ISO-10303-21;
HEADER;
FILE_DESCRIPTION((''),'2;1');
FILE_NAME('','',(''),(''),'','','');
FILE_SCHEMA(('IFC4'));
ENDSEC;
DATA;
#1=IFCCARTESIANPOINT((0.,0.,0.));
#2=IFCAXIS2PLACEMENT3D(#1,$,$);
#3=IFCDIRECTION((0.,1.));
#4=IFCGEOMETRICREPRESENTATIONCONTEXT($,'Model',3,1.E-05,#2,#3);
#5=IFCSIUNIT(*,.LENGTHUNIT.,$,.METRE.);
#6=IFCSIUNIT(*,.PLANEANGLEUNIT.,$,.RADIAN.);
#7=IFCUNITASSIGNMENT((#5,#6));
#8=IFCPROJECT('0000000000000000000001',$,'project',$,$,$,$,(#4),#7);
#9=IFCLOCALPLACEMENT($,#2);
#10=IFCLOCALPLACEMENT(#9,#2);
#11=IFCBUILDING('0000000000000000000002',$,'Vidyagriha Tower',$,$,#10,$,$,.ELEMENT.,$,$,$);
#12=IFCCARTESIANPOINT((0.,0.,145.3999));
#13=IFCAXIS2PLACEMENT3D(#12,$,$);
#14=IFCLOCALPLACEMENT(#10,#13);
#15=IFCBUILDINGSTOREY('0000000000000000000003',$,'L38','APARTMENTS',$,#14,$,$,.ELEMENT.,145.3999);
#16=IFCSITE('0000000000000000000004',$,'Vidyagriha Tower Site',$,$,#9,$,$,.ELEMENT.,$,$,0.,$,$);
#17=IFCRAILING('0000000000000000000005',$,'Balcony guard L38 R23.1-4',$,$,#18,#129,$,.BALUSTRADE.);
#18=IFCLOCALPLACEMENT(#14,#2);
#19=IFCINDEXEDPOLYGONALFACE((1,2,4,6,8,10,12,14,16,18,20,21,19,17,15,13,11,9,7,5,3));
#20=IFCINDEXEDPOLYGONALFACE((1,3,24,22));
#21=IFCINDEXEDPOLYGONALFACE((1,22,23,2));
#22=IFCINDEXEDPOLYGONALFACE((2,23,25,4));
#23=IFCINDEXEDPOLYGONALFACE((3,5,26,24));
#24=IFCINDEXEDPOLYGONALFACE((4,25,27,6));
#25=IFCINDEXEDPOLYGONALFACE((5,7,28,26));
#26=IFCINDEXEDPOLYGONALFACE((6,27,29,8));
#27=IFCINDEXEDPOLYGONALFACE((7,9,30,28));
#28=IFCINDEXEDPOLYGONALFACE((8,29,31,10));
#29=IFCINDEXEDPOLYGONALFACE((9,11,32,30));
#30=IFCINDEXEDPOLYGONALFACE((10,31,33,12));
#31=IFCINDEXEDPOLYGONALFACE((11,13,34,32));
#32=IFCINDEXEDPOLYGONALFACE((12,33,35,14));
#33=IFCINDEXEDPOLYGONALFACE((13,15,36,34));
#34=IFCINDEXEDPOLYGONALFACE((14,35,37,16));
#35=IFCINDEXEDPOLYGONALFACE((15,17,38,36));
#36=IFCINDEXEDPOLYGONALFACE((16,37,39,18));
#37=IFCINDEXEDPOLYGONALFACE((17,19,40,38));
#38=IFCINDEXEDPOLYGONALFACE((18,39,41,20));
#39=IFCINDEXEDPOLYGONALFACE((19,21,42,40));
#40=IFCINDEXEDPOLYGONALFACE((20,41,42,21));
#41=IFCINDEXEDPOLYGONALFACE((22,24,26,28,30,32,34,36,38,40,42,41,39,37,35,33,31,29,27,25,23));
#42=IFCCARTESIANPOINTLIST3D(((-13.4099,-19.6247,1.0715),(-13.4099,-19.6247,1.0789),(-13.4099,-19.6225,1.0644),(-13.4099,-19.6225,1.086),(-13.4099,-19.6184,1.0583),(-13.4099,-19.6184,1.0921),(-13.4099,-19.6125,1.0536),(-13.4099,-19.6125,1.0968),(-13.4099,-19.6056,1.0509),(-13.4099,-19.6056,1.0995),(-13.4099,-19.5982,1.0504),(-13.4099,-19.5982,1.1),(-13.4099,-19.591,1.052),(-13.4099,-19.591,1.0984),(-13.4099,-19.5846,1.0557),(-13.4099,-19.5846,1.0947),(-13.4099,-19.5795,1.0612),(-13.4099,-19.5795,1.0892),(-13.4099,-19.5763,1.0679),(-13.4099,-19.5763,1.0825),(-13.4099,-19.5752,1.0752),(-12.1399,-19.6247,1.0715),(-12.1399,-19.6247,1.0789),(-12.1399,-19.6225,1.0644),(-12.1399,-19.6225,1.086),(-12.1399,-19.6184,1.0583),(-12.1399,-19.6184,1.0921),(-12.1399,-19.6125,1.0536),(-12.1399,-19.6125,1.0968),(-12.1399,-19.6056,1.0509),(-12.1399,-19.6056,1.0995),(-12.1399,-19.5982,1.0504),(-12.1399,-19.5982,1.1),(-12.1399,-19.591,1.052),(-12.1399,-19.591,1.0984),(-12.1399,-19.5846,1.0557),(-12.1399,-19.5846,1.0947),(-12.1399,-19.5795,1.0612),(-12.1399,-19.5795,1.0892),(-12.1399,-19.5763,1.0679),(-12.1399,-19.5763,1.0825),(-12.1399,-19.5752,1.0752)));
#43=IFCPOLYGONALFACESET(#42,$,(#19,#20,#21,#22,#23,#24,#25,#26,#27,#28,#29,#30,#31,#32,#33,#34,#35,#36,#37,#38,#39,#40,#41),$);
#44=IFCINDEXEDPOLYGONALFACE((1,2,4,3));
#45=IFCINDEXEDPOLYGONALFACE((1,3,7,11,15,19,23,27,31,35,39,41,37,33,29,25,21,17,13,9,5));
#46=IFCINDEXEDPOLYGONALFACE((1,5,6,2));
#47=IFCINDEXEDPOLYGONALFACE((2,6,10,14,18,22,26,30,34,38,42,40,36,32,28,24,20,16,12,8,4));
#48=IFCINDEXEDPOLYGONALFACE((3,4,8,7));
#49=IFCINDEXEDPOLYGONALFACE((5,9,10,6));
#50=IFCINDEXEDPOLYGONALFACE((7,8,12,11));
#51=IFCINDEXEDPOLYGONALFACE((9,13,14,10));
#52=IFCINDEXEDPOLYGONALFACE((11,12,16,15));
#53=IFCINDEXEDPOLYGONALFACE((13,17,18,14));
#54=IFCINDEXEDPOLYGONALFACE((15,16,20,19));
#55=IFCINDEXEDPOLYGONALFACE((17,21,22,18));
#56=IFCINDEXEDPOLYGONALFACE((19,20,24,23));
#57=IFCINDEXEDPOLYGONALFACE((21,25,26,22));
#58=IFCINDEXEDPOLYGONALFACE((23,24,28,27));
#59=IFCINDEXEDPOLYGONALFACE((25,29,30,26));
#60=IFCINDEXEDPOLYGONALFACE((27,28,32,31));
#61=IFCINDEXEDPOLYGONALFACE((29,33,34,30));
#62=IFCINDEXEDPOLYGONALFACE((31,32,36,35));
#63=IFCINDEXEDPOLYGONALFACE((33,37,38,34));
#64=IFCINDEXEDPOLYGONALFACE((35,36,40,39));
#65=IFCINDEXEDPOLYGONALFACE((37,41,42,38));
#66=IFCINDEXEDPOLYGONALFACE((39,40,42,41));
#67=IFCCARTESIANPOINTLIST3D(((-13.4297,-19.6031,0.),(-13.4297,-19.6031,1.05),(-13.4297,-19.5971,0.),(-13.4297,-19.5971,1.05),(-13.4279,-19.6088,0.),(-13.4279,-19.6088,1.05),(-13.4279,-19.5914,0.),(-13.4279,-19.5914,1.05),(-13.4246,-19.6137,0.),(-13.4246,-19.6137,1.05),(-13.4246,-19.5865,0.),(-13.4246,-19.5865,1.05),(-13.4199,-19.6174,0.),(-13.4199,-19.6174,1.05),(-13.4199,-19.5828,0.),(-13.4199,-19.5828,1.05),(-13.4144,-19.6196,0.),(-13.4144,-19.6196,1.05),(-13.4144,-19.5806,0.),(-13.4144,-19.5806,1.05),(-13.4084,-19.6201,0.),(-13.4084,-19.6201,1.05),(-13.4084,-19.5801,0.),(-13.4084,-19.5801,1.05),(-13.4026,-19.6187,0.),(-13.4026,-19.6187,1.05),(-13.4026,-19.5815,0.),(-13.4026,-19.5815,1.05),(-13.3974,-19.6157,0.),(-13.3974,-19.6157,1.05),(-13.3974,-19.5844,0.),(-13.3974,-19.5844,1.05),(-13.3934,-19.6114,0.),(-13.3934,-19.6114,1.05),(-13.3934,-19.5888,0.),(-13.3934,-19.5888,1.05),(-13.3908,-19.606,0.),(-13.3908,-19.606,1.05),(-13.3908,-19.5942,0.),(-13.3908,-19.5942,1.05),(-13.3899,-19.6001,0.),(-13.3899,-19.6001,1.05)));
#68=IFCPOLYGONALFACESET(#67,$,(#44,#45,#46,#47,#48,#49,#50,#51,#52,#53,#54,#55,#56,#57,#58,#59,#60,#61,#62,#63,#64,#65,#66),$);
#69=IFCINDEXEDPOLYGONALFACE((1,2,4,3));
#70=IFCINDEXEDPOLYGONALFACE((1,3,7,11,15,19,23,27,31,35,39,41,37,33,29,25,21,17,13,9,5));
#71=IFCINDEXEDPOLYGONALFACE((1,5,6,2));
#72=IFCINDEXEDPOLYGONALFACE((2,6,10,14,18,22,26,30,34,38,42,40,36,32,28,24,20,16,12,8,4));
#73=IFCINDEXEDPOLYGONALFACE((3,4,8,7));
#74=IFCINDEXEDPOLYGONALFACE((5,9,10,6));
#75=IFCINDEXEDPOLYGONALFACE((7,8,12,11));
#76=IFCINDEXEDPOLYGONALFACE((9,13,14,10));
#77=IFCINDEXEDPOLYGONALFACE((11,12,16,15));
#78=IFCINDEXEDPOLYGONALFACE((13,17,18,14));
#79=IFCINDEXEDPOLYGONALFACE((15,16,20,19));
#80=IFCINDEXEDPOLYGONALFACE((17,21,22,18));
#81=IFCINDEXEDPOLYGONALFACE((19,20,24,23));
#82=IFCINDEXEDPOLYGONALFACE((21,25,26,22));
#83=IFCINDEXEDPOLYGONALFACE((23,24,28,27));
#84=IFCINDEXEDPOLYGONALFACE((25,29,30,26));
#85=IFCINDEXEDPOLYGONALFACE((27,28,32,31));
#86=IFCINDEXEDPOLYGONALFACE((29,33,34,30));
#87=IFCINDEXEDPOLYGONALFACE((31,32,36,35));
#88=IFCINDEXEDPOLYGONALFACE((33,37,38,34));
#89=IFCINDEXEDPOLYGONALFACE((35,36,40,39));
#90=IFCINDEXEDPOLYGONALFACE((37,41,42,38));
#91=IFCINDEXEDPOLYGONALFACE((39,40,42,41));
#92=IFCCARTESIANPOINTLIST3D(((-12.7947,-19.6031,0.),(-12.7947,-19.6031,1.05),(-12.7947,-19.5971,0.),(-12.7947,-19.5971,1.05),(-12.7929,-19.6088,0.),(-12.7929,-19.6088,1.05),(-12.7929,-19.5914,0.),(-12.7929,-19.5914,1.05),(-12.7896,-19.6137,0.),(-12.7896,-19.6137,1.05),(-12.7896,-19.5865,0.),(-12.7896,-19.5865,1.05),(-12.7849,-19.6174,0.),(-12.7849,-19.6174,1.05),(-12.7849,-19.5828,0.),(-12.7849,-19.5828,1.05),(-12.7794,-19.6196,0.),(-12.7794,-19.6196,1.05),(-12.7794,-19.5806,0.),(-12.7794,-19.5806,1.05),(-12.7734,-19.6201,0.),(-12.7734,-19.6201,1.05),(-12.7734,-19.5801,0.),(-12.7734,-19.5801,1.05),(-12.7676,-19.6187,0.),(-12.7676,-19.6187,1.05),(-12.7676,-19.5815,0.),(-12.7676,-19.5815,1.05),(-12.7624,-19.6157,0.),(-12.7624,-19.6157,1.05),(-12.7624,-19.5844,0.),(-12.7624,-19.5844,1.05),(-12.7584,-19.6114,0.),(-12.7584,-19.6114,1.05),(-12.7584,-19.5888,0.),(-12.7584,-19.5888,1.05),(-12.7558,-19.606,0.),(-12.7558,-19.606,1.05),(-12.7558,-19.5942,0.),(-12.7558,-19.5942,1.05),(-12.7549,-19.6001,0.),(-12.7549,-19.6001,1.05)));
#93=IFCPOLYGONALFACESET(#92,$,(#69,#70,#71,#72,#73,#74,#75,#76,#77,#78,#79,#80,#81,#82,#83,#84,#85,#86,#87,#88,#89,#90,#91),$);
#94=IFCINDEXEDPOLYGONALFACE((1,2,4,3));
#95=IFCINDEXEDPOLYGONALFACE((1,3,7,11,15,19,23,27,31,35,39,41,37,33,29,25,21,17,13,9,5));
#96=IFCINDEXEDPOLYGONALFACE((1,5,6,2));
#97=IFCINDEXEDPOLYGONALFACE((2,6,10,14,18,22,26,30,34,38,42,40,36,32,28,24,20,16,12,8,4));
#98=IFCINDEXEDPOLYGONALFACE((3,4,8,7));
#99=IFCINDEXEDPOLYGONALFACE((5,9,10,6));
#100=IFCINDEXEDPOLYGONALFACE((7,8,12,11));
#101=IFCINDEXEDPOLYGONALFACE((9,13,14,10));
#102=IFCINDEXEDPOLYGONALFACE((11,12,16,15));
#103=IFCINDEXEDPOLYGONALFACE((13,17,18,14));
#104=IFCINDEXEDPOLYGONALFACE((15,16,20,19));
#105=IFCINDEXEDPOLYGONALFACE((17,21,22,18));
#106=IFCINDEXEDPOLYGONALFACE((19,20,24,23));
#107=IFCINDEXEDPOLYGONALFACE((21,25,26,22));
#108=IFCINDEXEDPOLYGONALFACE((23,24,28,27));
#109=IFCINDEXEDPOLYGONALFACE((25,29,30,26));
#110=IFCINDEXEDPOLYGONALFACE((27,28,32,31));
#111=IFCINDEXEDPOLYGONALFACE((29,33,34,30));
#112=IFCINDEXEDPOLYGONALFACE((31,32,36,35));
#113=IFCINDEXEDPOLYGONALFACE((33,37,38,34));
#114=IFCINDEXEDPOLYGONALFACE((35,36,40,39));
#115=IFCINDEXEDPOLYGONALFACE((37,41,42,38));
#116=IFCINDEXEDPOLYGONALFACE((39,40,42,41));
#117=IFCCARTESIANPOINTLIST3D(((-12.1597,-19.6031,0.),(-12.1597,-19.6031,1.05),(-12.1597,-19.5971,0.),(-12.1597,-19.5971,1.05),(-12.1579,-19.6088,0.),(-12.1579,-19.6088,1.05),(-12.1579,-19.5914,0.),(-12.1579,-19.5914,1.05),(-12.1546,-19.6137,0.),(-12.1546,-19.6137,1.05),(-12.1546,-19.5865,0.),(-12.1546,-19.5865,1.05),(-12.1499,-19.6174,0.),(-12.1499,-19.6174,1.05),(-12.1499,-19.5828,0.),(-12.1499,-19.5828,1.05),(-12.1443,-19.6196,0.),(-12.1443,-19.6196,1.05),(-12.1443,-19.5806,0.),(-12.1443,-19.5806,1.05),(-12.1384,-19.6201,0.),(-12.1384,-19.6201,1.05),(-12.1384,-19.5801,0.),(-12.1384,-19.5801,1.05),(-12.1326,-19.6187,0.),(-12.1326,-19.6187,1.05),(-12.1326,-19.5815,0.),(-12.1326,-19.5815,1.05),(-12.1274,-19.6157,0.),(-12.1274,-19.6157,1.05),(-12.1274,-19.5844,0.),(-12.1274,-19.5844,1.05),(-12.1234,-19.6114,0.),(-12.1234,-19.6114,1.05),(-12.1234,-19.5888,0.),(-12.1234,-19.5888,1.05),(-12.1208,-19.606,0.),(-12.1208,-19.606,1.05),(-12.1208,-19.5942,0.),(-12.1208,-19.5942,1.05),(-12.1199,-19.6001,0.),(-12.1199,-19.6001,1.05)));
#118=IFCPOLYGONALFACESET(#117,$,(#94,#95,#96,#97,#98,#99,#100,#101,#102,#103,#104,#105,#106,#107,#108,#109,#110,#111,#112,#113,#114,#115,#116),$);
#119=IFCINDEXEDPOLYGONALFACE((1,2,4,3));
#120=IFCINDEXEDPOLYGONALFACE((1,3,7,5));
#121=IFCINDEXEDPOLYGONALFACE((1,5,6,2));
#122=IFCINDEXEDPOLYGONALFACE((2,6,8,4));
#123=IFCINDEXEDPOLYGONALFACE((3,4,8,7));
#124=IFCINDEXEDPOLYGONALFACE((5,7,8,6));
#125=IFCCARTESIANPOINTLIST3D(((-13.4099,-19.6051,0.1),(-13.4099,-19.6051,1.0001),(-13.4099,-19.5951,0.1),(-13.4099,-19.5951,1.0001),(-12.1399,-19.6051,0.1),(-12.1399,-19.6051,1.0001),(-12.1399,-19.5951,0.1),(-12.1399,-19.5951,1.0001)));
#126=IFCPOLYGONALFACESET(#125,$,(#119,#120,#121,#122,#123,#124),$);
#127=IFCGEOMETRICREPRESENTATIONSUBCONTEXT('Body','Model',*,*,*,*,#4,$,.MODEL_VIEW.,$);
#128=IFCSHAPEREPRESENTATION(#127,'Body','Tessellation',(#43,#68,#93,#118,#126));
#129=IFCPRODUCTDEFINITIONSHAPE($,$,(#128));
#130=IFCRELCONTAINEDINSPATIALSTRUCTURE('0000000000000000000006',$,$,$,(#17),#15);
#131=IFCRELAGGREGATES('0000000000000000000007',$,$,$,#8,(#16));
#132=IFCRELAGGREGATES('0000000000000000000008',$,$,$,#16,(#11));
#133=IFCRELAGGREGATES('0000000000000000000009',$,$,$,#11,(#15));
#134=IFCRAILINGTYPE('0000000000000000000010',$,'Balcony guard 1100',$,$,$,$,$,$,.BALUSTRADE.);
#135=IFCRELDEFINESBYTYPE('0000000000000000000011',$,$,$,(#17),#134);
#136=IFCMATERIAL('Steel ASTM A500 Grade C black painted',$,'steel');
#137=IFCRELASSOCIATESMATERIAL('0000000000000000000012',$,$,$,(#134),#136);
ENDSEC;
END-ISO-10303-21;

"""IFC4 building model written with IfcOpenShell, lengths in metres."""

from ifc_helpers import new_model, si_unit, direction, frame, origin, origin_2d, place, context, subcontext, project, spatial, rectangle, circle, extrude, material, type_object, element, save


model = new_model("IFC4")

# Units and contexts
model_context = context("Model", 3, precision=1e-05, world=origin(), true_north=direction((0.0, 1.0)))
body_context = subcontext(model_context, "Body", "Model", "MODEL_VIEW")
ifc_project = project(units=[si_unit("LENGTHUNIT", "METRE"), si_unit("PLANEANGLEUNIT", "RADIAN")], contexts=[model_context])

# Site, building, storey
site_placement = place(None, origin())
site = spatial("IfcSite", under=ifc_project, at=site_placement, Name="Vidyagriha Tower Site", CompositionType="ELEMENT", RefElevation=0.0)
building_placement = place(site_placement, origin())
building = spatial("IfcBuilding", under=site, at=building_placement, Name="Vidyagriha Tower", CompositionType="ELEMENT")
storey_placement = place(building_placement, frame((0.0, 0.0, 145.3999)))
storey = spatial("IfcBuildingStorey", under=building, at=storey_placement, Name="L38", Description="APARTMENTS", CompositionType="ELEMENT", Elevation=145.3999)

# Railing
ifc_material_1 = material(Name="Steel ASTM A500 Grade C black painted", Category="steel")
railing_type = type_object("IfcRailingType", Name="Balcony guard 1100", PredefinedType="BALUSTRADE", material=ifc_material_1)
railing_1_placement = place(storey_placement, frame((-13.4099, -19.6001, 0.0)))
element("IfcRailing", 1, at=railing_1_placement, inside=storey, type_object=railing_type, Name="Balcony guard L38 R23.1-4", PredefinedType="BALUSTRADE", context=body_context, shape_type="SweptSolid", body=[
    extrude(circle(Radius=0.0249, at=origin_2d()), frame((0.0, 0.0, 1.0752), z_axis=(1.0, 0.0, 0.0), x_axis=(0.0, 1.0, 0.0)), (0.0, 0.0, 1.0), 1.27),
    extrude(circle(Radius=0.02, at=origin_2d()), origin(), (0.0, 0.0, 1.0), 1.05),
    extrude(circle(Radius=0.02, at=origin_2d()), frame((0.635, 0.0, 0.0)), (0.0, 0.0, 1.0), 1.05),
    extrude(circle(Radius=0.02, at=origin_2d()), frame((1.27, 0.0, 0.0)), (0.0, 0.0, 1.0), 1.05),
    extrude(rectangle(XDim=0.01, YDim=0.9001, at=origin_2d()), frame((0.0, 0.0, 0.55), z_axis=(1.0, 0.0, 0.0), x_axis=(0.0, 1.0, 0.0)), (0.0, 0.0, 1.0), 1.27),
])

save(model, "model.ifc")
